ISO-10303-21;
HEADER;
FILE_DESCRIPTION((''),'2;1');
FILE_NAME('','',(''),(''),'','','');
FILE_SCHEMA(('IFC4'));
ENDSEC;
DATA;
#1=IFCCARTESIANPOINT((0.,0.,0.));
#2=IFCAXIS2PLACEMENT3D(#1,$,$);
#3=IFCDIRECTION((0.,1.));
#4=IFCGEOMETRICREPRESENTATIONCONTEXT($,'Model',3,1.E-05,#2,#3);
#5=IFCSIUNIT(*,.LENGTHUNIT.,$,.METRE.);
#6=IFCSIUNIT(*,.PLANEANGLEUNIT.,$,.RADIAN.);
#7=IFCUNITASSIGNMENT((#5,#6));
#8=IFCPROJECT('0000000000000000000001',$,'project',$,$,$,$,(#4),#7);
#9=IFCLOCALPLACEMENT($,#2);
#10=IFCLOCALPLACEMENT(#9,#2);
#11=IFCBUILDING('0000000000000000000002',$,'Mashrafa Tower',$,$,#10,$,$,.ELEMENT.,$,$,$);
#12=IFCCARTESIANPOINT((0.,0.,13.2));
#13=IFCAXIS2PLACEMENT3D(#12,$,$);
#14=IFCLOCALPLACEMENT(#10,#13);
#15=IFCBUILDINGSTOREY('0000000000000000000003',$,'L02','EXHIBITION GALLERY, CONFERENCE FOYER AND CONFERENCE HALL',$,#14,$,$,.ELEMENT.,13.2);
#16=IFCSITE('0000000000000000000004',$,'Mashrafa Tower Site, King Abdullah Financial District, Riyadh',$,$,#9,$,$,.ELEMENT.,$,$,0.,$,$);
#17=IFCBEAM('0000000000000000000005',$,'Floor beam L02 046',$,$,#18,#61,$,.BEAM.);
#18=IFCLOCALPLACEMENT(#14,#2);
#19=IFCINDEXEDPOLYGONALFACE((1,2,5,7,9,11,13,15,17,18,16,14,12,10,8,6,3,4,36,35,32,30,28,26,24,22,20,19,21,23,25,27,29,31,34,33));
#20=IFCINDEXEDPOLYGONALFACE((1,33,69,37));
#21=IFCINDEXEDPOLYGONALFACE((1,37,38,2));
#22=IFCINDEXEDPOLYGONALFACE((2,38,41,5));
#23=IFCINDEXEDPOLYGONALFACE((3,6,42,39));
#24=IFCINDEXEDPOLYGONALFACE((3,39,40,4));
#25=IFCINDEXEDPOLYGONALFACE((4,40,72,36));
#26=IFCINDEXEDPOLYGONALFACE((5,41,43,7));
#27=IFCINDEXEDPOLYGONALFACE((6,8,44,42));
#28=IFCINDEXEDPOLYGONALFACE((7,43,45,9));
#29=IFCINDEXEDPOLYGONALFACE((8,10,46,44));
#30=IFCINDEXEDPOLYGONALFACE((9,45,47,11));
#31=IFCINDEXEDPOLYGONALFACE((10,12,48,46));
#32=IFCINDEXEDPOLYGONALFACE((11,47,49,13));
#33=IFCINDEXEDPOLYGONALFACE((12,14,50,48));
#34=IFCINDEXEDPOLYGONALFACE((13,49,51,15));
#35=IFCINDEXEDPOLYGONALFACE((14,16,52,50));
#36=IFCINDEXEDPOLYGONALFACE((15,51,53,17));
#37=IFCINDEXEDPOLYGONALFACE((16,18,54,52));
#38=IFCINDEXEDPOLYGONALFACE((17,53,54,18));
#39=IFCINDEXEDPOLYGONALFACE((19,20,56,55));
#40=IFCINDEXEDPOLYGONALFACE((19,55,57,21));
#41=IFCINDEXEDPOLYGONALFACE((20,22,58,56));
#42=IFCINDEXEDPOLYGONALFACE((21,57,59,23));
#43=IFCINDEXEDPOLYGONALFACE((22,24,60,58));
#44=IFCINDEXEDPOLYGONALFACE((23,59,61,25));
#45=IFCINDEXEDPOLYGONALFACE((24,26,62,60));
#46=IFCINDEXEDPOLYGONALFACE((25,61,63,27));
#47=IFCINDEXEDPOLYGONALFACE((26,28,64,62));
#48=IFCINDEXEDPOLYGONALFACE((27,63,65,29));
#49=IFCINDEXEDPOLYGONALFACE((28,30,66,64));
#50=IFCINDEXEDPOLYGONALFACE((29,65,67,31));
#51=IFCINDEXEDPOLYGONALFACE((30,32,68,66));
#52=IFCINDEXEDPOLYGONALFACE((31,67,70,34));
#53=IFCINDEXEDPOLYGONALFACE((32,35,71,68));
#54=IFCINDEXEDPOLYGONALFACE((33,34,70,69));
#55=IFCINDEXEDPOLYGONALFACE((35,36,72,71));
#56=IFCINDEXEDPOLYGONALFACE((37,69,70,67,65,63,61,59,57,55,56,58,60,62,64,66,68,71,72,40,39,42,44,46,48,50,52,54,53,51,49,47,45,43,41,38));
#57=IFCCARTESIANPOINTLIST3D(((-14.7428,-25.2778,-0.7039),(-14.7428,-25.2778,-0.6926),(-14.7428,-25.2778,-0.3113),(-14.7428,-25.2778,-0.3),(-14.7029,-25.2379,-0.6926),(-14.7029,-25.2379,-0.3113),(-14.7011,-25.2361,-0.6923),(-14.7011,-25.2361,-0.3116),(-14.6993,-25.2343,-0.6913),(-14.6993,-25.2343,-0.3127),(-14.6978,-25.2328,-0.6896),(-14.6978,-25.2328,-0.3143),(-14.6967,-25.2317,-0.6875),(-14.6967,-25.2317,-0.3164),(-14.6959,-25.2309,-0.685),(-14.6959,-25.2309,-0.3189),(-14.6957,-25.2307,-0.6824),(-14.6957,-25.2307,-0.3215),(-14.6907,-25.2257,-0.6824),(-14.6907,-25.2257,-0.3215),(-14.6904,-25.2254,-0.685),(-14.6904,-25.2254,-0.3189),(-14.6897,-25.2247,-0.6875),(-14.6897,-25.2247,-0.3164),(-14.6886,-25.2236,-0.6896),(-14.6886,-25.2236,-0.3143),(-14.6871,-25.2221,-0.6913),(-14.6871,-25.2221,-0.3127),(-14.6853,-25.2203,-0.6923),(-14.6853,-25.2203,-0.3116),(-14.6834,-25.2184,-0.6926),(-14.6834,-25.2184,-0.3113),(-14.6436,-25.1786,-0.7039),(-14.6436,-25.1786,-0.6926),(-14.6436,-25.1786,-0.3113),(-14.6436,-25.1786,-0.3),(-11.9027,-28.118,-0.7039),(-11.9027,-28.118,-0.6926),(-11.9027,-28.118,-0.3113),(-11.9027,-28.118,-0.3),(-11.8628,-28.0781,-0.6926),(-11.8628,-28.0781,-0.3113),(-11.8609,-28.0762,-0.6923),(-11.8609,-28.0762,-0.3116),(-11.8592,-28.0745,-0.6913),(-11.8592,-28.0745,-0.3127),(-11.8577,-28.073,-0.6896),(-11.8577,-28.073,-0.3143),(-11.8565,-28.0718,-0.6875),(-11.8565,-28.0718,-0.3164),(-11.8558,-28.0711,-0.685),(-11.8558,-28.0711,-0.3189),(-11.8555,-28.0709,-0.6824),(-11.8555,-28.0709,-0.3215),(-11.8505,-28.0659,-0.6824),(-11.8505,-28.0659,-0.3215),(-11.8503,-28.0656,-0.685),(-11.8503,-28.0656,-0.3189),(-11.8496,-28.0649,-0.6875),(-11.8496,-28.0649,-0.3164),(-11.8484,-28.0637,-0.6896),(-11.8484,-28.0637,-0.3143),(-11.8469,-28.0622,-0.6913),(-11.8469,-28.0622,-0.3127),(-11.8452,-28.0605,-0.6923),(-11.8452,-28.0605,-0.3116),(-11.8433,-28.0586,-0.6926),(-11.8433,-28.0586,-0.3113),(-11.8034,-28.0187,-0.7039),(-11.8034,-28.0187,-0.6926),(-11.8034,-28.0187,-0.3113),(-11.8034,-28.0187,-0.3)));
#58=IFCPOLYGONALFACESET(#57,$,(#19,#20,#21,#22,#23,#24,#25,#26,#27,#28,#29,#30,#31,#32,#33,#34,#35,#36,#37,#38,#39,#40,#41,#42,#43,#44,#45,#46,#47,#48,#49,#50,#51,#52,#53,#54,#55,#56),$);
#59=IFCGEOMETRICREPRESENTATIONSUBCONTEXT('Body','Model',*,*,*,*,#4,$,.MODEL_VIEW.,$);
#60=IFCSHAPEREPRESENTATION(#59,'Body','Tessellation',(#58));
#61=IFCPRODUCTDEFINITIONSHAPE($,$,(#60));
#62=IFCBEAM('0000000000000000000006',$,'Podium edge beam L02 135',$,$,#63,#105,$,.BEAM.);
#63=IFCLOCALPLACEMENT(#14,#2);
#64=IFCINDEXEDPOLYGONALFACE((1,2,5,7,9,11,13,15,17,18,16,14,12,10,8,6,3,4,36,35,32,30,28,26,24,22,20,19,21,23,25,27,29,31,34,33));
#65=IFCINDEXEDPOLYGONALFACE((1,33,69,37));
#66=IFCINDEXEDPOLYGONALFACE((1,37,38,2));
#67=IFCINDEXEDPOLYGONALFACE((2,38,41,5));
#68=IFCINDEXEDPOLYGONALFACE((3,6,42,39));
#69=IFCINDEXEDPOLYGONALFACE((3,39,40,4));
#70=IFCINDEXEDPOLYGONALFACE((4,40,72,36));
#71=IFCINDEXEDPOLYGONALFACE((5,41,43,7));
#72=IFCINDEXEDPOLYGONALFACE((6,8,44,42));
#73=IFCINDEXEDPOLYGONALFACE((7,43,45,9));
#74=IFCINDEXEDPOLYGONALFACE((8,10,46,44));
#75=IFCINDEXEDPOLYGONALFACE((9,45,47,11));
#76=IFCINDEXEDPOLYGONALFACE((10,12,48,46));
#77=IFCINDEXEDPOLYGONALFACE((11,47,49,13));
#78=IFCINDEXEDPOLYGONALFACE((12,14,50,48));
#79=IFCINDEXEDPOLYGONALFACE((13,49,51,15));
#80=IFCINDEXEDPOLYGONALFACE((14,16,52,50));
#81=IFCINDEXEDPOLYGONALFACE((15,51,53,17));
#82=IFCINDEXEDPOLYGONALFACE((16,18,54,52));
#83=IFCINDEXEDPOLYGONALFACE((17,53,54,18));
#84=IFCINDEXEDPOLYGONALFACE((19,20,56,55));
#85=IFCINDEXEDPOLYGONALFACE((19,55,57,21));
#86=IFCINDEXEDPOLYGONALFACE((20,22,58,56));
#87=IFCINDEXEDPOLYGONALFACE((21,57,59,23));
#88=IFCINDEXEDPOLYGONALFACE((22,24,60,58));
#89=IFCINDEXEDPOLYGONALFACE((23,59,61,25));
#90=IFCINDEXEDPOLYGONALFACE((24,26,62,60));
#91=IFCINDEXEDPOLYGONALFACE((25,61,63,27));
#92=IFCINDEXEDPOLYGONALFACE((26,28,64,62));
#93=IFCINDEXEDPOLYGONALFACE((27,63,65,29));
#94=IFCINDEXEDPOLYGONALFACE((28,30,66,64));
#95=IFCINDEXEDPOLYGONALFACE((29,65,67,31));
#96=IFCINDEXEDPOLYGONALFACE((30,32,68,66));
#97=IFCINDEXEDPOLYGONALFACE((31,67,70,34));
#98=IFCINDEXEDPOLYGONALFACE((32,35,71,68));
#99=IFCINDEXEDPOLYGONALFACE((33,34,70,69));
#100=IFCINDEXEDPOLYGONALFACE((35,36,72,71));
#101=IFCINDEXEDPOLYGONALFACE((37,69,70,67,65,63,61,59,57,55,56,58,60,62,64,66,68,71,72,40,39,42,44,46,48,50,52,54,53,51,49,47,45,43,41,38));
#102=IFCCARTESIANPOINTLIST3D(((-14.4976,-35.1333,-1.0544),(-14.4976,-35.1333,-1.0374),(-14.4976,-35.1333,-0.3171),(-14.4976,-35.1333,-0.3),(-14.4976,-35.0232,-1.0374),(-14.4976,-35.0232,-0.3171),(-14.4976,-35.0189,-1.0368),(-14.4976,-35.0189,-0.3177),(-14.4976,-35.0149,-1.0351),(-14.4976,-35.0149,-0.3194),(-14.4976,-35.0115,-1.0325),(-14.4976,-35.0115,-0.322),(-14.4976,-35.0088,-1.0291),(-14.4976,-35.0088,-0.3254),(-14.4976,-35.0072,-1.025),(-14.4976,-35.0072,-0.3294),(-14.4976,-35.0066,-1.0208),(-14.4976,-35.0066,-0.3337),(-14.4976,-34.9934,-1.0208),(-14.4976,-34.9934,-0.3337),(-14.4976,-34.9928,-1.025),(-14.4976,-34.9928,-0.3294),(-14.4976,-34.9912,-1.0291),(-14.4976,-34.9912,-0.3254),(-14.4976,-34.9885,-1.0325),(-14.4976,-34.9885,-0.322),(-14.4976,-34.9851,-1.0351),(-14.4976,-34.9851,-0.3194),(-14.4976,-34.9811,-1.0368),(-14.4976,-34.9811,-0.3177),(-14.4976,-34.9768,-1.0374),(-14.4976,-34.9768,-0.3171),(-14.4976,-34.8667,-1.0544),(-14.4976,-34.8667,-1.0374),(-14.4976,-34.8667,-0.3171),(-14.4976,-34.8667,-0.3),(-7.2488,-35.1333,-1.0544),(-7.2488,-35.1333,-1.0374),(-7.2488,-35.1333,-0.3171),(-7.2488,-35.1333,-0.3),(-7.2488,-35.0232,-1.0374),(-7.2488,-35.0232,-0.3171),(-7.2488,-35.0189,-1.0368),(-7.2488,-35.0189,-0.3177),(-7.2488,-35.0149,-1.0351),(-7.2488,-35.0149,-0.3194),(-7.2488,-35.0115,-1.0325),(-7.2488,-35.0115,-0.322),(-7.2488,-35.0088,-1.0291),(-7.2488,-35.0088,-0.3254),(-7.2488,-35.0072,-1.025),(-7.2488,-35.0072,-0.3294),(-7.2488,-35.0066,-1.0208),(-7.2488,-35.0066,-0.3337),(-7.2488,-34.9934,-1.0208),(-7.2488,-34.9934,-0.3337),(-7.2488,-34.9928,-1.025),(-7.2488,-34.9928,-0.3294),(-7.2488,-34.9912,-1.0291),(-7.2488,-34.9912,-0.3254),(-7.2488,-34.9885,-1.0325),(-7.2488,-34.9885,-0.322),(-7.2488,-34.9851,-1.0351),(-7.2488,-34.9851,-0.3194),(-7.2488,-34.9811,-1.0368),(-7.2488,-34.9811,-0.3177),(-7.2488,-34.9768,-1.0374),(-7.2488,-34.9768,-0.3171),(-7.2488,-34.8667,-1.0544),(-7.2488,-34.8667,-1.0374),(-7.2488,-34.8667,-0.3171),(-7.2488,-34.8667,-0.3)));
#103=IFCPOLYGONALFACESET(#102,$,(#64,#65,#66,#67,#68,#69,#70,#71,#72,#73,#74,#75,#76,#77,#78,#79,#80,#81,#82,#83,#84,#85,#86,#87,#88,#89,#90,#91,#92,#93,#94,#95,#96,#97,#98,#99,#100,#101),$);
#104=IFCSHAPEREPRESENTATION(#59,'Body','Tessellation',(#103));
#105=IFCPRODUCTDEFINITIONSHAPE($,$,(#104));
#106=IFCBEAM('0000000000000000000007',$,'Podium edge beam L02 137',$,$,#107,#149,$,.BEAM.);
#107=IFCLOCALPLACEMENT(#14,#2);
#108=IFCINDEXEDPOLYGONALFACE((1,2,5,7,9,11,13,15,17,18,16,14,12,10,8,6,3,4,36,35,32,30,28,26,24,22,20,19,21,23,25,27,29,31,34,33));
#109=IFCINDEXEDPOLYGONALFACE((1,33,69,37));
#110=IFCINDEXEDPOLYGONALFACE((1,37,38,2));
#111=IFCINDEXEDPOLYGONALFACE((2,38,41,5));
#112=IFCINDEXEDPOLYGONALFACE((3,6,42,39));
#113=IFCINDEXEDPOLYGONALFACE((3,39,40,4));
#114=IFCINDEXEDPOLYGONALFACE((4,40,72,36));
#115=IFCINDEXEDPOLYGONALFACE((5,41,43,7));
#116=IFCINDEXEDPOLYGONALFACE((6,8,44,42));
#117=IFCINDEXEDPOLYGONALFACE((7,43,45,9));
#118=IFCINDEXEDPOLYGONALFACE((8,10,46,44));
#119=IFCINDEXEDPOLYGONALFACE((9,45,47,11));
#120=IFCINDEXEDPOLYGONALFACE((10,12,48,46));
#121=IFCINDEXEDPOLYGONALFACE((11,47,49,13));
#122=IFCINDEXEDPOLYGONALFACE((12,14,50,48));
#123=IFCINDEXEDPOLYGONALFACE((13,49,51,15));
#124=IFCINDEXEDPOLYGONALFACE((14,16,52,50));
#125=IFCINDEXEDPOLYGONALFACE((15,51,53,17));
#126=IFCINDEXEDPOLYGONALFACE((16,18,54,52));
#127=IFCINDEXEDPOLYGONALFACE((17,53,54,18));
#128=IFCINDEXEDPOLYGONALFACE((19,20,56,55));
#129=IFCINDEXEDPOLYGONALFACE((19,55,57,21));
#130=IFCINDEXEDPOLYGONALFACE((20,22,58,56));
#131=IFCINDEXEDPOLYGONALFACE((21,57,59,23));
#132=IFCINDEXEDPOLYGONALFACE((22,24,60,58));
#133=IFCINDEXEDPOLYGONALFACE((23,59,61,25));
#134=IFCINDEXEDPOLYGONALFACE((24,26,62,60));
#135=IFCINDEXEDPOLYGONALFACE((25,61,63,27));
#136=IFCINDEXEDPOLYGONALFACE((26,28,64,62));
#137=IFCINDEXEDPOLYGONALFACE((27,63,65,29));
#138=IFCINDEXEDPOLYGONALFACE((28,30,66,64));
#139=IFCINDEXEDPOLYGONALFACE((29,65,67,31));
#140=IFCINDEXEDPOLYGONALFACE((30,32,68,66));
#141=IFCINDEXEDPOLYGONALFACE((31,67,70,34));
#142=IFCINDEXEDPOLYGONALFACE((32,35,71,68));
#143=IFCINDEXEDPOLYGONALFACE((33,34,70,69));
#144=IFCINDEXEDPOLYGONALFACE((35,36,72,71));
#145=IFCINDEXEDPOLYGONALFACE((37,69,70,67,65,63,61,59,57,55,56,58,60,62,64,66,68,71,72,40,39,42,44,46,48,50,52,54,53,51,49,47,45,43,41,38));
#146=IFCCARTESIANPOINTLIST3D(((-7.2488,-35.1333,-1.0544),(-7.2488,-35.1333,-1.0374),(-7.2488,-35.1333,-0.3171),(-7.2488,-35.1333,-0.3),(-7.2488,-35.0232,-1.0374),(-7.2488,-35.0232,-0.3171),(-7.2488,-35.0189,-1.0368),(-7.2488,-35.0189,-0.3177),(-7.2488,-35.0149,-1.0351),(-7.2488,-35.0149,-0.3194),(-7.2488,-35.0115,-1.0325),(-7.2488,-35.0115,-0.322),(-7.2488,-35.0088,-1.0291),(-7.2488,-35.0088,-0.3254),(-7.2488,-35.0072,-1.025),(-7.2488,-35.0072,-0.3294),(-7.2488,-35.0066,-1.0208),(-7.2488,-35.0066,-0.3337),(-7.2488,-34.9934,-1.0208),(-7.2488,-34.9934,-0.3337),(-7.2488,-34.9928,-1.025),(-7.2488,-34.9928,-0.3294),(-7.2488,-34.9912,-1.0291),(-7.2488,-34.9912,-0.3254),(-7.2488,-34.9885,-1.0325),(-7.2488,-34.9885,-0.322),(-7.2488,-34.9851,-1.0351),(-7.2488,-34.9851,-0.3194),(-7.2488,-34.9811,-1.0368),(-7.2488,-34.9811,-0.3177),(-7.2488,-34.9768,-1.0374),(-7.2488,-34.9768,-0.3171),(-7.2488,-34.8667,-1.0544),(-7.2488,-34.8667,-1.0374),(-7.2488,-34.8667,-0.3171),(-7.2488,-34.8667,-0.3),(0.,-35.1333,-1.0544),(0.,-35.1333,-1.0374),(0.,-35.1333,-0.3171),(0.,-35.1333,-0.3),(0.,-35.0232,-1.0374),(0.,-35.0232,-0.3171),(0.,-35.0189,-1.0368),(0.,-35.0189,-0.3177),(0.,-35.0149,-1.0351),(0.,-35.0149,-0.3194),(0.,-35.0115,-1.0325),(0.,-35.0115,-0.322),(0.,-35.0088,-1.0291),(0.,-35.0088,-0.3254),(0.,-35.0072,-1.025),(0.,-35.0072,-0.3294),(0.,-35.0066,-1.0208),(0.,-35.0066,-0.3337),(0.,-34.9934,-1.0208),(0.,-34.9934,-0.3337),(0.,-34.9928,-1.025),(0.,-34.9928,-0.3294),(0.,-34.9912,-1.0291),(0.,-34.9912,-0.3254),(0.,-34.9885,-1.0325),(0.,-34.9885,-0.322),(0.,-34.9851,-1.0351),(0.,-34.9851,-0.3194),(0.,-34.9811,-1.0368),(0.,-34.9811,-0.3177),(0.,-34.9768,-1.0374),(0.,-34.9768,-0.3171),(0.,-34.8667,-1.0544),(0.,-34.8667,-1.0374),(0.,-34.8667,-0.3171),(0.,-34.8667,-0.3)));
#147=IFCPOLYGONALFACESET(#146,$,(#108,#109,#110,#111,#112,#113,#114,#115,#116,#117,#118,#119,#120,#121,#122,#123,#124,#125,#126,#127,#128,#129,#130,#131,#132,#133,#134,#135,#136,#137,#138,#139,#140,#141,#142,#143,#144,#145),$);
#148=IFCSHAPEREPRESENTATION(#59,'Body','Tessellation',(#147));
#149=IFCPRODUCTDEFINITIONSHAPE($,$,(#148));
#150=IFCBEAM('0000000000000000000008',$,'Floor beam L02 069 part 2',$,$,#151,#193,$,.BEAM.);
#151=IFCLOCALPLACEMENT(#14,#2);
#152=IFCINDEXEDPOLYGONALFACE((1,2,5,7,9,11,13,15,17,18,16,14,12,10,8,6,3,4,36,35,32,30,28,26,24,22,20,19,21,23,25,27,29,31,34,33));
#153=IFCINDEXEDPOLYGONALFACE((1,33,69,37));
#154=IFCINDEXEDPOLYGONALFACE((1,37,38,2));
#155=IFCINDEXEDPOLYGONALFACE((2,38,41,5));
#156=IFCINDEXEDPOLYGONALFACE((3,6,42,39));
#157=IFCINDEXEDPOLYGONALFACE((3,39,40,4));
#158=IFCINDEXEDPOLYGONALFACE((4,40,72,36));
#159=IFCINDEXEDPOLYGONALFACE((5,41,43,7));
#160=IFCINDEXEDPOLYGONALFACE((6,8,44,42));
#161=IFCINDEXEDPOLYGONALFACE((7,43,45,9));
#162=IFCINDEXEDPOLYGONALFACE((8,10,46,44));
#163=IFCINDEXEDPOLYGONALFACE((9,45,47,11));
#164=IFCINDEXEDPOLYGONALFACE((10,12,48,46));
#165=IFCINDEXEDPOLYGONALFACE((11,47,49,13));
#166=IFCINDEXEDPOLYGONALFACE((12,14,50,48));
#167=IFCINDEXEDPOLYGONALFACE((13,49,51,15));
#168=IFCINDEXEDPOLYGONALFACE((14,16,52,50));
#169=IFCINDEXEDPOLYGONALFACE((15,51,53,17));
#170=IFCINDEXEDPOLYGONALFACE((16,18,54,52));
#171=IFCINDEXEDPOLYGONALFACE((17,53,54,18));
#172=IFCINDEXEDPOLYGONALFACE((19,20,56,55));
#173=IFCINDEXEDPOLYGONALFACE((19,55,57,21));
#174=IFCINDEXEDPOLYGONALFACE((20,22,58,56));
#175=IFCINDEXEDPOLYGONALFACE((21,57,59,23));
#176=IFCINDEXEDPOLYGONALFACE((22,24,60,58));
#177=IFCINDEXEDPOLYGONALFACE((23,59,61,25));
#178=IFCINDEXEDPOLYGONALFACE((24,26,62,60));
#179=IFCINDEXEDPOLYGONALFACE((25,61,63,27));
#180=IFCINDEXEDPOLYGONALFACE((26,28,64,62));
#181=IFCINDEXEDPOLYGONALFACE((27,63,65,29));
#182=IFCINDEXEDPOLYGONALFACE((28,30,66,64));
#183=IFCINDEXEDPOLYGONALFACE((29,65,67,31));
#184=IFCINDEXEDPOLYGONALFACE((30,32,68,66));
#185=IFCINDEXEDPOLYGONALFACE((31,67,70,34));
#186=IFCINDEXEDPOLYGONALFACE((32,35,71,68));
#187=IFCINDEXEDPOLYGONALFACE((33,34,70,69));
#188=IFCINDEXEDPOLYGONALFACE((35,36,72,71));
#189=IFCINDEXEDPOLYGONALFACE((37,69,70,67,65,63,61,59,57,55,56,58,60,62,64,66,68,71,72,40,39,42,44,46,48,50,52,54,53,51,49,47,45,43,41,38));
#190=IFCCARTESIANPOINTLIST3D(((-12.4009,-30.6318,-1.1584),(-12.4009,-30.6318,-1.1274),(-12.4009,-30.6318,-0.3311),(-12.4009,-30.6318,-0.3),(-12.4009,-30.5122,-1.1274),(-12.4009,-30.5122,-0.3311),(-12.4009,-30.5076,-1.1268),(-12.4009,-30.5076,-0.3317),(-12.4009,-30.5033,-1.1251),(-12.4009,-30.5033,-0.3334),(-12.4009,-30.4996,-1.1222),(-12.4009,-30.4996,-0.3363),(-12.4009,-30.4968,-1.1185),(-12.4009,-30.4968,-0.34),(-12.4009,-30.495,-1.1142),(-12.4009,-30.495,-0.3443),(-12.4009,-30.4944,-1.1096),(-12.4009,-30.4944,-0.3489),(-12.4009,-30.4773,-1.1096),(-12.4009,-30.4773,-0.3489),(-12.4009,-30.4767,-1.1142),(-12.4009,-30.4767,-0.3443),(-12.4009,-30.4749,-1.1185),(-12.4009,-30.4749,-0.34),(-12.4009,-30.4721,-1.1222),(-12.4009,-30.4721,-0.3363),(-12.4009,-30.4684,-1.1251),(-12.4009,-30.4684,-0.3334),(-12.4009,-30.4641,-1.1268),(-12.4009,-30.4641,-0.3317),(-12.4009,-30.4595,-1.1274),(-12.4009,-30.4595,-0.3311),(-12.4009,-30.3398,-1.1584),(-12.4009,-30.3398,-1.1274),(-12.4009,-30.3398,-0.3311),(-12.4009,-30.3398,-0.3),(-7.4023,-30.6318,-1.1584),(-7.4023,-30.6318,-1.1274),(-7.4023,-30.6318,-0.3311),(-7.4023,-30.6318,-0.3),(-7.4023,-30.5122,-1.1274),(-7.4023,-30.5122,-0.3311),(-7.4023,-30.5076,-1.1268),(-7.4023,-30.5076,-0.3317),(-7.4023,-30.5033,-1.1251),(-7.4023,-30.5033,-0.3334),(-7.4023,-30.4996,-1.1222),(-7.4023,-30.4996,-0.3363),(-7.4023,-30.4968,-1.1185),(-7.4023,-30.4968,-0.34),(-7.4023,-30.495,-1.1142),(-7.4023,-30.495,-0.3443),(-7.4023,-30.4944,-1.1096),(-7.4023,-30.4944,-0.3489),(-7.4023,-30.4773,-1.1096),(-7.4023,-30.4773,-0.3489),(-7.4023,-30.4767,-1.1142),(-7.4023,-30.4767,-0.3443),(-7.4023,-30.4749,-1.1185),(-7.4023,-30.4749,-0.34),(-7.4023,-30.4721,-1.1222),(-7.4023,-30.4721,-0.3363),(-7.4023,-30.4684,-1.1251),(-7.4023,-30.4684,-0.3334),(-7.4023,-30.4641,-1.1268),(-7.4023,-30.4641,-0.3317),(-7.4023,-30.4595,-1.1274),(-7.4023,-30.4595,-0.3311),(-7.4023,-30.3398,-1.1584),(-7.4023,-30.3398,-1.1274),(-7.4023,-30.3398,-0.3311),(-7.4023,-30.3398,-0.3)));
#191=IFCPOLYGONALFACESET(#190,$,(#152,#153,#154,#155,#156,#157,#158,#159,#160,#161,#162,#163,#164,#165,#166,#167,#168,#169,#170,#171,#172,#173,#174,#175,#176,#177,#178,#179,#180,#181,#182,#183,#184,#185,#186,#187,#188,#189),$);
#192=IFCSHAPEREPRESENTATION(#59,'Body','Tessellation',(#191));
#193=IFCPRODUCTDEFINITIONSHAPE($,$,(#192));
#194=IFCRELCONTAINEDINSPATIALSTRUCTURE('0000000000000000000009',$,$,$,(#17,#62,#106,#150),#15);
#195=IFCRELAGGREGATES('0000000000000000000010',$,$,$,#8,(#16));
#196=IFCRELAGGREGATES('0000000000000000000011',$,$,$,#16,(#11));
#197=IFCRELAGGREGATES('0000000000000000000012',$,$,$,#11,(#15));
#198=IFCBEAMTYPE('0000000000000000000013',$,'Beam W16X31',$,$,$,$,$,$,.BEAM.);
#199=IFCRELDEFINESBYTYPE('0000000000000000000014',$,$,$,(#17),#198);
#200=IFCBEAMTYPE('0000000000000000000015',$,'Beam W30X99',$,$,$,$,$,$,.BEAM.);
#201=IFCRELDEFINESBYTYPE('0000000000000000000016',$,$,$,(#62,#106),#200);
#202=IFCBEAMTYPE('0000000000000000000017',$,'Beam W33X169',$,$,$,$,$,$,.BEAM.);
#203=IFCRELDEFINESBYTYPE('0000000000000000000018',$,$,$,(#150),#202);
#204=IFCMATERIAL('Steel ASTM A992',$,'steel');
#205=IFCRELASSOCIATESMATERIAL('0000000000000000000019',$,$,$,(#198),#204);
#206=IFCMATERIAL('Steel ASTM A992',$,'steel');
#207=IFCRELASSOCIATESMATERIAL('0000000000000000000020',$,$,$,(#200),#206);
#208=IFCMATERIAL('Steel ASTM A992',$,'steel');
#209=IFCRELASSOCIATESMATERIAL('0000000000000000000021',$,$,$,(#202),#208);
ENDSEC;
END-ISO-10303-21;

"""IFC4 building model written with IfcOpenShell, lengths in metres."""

from ifc_helpers import new_model, si_unit, direction, frame, origin, origin_2d, place, context, subcontext, project, spatial, i_section, extrude, material, material_profile, profile_set, type_object, element, save


model = new_model("IFC4")

# Units and contexts
model_context = context("Model", 3, precision=1e-05, world=origin(), true_north=direction((0.0, 1.0)))
body_context = subcontext(model_context, "Body", "Model", "MODEL_VIEW")
ifc_project = project(units=[si_unit("LENGTHUNIT", "METRE"), si_unit("PLANEANGLEUNIT", "RADIAN")], contexts=[model_context])

# Site, building, storey
site_placement = place(None, origin())
site = spatial("IfcSite", under=ifc_project, at=site_placement, Name="Mashrafa Tower Site, King Abdullah Financial District, Riyadh", CompositionType="ELEMENT", RefElevation=0.0)
building_placement = place(site_placement, origin())
building = spatial("IfcBuilding", under=site, at=building_placement, Name="Mashrafa Tower", CompositionType="ELEMENT")
storey_placement = place(building_placement, frame((0.0, 0.0, 13.2)))
storey = spatial("IfcBuildingStorey", under=building, at=storey_placement, Name="L02", Description="EXHIBITION GALLERY, CONFERENCE FOYER AND CONFERENCE HALL", CompositionType="ELEMENT", Elevation=13.2)

# Beams
ifc_material_1 = material(Name="Steel ASTM A992", Category="steel")
ifc_material_profile_1 = material_profile(ifc_material_1, i_section(OverallWidth=0.1404, OverallDepth=0.4038, WebThickness=0.0071, FlangeThickness=0.0112, FilletRadius=0.0103, at=origin_2d()), Name="W16X31")
ifc_profile_set_1 = profile_set([ifc_material_profile_1], Name="Steel ASTM A992")
beam_type_1 = type_object("IfcBeamType", Name="Beam W16X31", PredefinedType="BEAM", material=ifc_profile_set_1)
beam_1_placement = place(storey_placement, frame((-11.853, -28.0684, -0.502), z_axis=(-0.707107, 0.707107, 0.0), x_axis=(-0.707107, -0.707107, 0.0)))
element("IfcBeam", 1, at=beam_1_placement, inside=storey, type_object=beam_type_1, Name="Floor beam L02 046", PredefinedType="BEAM", context=body_context, shape_type="SweptSolid", body=[
    extrude(i_section(OverallWidth=0.1404, OverallDepth=0.4038, WebThickness=0.0071, FlangeThickness=0.0112, FilletRadius=0.0103, at=origin_2d()), origin(), (0.0, 0.0, 1.0), 4.0166),
])
ifc_material_2 = material(Name="Steel ASTM A992", Category="steel")
ifc_material_profile_2 = material_profile(ifc_material_2, i_section(OverallWidth=0.2666, OverallDepth=0.7544, WebThickness=0.0132, FlangeThickness=0.0171, FilletRadius=0.0166, at=origin_2d()), Name="W30X99")
ifc_profile_set_2 = profile_set([ifc_material_profile_2], Name="Steel ASTM A992")
beam_type_2 = type_object("IfcBeamType", Name="Beam W30X99", PredefinedType="BEAM", material=ifc_profile_set_2)
for number, where, z_axis, x_axis, name in (
    (2, (-14.4976, -35.0, -0.6772), (1.0, 0.0, 0.0), (0.0, 1.0, 0.0), "Podium edge beam L02 135"),
    (3, (-7.2488, -35.0, -0.6772), (1.0, 0.0, 0.0), (0.0, 1.0, 0.0), "Podium edge beam L02 137"),
):
    element("IfcBeam", number, at=place(storey_placement, frame(where, z_axis=z_axis, x_axis=x_axis)), inside=storey, type_object=beam_type_2, Name=name, PredefinedType="BEAM", context=body_context, shape_type="SweptSolid", body=[
        extrude(i_section(OverallWidth=0.2666, OverallDepth=0.7544, WebThickness=0.0132, FlangeThickness=0.0171, FilletRadius=0.0166, at=origin_2d()), origin(), (0.0, 0.0, 1.0), 7.2488),
    ])
ifc_material_3 = material(Name="Steel ASTM A992", Category="steel")
ifc_material_profile_3 = material_profile(ifc_material_3, i_section(OverallWidth=0.292, OverallDepth=0.8584, WebThickness=0.0171, FlangeThickness=0.031, FilletRadius=0.0178, at=origin_2d()), Name="W33X169")
ifc_profile_set_3 = profile_set([ifc_material_profile_3], Name="Steel ASTM A992")
beam_type_3 = type_object("IfcBeamType", Name="Beam W33X169", PredefinedType="BEAM", material=ifc_profile_set_3)
beam_2_placement = place(storey_placement, frame((-7.4023, -30.4858, -0.7292), z_axis=(-1.0, 0.0, 0.0), x_axis=(0.0, -1.0, 0.0)))
element("IfcBeam", 4, at=beam_2_placement, inside=storey, type_object=beam_type_3, Name="Floor beam L02 069 part 2", PredefinedType="BEAM", context=body_context, shape_type="SweptSolid", body=[
    extrude(i_section(OverallWidth=0.292, OverallDepth=0.8584, WebThickness=0.0171, FlangeThickness=0.031, FilletRadius=0.0178, at=origin_2d()), origin(), (0.0, 0.0, 1.0), 4.9985),
])

save(model, "model.ifc")
